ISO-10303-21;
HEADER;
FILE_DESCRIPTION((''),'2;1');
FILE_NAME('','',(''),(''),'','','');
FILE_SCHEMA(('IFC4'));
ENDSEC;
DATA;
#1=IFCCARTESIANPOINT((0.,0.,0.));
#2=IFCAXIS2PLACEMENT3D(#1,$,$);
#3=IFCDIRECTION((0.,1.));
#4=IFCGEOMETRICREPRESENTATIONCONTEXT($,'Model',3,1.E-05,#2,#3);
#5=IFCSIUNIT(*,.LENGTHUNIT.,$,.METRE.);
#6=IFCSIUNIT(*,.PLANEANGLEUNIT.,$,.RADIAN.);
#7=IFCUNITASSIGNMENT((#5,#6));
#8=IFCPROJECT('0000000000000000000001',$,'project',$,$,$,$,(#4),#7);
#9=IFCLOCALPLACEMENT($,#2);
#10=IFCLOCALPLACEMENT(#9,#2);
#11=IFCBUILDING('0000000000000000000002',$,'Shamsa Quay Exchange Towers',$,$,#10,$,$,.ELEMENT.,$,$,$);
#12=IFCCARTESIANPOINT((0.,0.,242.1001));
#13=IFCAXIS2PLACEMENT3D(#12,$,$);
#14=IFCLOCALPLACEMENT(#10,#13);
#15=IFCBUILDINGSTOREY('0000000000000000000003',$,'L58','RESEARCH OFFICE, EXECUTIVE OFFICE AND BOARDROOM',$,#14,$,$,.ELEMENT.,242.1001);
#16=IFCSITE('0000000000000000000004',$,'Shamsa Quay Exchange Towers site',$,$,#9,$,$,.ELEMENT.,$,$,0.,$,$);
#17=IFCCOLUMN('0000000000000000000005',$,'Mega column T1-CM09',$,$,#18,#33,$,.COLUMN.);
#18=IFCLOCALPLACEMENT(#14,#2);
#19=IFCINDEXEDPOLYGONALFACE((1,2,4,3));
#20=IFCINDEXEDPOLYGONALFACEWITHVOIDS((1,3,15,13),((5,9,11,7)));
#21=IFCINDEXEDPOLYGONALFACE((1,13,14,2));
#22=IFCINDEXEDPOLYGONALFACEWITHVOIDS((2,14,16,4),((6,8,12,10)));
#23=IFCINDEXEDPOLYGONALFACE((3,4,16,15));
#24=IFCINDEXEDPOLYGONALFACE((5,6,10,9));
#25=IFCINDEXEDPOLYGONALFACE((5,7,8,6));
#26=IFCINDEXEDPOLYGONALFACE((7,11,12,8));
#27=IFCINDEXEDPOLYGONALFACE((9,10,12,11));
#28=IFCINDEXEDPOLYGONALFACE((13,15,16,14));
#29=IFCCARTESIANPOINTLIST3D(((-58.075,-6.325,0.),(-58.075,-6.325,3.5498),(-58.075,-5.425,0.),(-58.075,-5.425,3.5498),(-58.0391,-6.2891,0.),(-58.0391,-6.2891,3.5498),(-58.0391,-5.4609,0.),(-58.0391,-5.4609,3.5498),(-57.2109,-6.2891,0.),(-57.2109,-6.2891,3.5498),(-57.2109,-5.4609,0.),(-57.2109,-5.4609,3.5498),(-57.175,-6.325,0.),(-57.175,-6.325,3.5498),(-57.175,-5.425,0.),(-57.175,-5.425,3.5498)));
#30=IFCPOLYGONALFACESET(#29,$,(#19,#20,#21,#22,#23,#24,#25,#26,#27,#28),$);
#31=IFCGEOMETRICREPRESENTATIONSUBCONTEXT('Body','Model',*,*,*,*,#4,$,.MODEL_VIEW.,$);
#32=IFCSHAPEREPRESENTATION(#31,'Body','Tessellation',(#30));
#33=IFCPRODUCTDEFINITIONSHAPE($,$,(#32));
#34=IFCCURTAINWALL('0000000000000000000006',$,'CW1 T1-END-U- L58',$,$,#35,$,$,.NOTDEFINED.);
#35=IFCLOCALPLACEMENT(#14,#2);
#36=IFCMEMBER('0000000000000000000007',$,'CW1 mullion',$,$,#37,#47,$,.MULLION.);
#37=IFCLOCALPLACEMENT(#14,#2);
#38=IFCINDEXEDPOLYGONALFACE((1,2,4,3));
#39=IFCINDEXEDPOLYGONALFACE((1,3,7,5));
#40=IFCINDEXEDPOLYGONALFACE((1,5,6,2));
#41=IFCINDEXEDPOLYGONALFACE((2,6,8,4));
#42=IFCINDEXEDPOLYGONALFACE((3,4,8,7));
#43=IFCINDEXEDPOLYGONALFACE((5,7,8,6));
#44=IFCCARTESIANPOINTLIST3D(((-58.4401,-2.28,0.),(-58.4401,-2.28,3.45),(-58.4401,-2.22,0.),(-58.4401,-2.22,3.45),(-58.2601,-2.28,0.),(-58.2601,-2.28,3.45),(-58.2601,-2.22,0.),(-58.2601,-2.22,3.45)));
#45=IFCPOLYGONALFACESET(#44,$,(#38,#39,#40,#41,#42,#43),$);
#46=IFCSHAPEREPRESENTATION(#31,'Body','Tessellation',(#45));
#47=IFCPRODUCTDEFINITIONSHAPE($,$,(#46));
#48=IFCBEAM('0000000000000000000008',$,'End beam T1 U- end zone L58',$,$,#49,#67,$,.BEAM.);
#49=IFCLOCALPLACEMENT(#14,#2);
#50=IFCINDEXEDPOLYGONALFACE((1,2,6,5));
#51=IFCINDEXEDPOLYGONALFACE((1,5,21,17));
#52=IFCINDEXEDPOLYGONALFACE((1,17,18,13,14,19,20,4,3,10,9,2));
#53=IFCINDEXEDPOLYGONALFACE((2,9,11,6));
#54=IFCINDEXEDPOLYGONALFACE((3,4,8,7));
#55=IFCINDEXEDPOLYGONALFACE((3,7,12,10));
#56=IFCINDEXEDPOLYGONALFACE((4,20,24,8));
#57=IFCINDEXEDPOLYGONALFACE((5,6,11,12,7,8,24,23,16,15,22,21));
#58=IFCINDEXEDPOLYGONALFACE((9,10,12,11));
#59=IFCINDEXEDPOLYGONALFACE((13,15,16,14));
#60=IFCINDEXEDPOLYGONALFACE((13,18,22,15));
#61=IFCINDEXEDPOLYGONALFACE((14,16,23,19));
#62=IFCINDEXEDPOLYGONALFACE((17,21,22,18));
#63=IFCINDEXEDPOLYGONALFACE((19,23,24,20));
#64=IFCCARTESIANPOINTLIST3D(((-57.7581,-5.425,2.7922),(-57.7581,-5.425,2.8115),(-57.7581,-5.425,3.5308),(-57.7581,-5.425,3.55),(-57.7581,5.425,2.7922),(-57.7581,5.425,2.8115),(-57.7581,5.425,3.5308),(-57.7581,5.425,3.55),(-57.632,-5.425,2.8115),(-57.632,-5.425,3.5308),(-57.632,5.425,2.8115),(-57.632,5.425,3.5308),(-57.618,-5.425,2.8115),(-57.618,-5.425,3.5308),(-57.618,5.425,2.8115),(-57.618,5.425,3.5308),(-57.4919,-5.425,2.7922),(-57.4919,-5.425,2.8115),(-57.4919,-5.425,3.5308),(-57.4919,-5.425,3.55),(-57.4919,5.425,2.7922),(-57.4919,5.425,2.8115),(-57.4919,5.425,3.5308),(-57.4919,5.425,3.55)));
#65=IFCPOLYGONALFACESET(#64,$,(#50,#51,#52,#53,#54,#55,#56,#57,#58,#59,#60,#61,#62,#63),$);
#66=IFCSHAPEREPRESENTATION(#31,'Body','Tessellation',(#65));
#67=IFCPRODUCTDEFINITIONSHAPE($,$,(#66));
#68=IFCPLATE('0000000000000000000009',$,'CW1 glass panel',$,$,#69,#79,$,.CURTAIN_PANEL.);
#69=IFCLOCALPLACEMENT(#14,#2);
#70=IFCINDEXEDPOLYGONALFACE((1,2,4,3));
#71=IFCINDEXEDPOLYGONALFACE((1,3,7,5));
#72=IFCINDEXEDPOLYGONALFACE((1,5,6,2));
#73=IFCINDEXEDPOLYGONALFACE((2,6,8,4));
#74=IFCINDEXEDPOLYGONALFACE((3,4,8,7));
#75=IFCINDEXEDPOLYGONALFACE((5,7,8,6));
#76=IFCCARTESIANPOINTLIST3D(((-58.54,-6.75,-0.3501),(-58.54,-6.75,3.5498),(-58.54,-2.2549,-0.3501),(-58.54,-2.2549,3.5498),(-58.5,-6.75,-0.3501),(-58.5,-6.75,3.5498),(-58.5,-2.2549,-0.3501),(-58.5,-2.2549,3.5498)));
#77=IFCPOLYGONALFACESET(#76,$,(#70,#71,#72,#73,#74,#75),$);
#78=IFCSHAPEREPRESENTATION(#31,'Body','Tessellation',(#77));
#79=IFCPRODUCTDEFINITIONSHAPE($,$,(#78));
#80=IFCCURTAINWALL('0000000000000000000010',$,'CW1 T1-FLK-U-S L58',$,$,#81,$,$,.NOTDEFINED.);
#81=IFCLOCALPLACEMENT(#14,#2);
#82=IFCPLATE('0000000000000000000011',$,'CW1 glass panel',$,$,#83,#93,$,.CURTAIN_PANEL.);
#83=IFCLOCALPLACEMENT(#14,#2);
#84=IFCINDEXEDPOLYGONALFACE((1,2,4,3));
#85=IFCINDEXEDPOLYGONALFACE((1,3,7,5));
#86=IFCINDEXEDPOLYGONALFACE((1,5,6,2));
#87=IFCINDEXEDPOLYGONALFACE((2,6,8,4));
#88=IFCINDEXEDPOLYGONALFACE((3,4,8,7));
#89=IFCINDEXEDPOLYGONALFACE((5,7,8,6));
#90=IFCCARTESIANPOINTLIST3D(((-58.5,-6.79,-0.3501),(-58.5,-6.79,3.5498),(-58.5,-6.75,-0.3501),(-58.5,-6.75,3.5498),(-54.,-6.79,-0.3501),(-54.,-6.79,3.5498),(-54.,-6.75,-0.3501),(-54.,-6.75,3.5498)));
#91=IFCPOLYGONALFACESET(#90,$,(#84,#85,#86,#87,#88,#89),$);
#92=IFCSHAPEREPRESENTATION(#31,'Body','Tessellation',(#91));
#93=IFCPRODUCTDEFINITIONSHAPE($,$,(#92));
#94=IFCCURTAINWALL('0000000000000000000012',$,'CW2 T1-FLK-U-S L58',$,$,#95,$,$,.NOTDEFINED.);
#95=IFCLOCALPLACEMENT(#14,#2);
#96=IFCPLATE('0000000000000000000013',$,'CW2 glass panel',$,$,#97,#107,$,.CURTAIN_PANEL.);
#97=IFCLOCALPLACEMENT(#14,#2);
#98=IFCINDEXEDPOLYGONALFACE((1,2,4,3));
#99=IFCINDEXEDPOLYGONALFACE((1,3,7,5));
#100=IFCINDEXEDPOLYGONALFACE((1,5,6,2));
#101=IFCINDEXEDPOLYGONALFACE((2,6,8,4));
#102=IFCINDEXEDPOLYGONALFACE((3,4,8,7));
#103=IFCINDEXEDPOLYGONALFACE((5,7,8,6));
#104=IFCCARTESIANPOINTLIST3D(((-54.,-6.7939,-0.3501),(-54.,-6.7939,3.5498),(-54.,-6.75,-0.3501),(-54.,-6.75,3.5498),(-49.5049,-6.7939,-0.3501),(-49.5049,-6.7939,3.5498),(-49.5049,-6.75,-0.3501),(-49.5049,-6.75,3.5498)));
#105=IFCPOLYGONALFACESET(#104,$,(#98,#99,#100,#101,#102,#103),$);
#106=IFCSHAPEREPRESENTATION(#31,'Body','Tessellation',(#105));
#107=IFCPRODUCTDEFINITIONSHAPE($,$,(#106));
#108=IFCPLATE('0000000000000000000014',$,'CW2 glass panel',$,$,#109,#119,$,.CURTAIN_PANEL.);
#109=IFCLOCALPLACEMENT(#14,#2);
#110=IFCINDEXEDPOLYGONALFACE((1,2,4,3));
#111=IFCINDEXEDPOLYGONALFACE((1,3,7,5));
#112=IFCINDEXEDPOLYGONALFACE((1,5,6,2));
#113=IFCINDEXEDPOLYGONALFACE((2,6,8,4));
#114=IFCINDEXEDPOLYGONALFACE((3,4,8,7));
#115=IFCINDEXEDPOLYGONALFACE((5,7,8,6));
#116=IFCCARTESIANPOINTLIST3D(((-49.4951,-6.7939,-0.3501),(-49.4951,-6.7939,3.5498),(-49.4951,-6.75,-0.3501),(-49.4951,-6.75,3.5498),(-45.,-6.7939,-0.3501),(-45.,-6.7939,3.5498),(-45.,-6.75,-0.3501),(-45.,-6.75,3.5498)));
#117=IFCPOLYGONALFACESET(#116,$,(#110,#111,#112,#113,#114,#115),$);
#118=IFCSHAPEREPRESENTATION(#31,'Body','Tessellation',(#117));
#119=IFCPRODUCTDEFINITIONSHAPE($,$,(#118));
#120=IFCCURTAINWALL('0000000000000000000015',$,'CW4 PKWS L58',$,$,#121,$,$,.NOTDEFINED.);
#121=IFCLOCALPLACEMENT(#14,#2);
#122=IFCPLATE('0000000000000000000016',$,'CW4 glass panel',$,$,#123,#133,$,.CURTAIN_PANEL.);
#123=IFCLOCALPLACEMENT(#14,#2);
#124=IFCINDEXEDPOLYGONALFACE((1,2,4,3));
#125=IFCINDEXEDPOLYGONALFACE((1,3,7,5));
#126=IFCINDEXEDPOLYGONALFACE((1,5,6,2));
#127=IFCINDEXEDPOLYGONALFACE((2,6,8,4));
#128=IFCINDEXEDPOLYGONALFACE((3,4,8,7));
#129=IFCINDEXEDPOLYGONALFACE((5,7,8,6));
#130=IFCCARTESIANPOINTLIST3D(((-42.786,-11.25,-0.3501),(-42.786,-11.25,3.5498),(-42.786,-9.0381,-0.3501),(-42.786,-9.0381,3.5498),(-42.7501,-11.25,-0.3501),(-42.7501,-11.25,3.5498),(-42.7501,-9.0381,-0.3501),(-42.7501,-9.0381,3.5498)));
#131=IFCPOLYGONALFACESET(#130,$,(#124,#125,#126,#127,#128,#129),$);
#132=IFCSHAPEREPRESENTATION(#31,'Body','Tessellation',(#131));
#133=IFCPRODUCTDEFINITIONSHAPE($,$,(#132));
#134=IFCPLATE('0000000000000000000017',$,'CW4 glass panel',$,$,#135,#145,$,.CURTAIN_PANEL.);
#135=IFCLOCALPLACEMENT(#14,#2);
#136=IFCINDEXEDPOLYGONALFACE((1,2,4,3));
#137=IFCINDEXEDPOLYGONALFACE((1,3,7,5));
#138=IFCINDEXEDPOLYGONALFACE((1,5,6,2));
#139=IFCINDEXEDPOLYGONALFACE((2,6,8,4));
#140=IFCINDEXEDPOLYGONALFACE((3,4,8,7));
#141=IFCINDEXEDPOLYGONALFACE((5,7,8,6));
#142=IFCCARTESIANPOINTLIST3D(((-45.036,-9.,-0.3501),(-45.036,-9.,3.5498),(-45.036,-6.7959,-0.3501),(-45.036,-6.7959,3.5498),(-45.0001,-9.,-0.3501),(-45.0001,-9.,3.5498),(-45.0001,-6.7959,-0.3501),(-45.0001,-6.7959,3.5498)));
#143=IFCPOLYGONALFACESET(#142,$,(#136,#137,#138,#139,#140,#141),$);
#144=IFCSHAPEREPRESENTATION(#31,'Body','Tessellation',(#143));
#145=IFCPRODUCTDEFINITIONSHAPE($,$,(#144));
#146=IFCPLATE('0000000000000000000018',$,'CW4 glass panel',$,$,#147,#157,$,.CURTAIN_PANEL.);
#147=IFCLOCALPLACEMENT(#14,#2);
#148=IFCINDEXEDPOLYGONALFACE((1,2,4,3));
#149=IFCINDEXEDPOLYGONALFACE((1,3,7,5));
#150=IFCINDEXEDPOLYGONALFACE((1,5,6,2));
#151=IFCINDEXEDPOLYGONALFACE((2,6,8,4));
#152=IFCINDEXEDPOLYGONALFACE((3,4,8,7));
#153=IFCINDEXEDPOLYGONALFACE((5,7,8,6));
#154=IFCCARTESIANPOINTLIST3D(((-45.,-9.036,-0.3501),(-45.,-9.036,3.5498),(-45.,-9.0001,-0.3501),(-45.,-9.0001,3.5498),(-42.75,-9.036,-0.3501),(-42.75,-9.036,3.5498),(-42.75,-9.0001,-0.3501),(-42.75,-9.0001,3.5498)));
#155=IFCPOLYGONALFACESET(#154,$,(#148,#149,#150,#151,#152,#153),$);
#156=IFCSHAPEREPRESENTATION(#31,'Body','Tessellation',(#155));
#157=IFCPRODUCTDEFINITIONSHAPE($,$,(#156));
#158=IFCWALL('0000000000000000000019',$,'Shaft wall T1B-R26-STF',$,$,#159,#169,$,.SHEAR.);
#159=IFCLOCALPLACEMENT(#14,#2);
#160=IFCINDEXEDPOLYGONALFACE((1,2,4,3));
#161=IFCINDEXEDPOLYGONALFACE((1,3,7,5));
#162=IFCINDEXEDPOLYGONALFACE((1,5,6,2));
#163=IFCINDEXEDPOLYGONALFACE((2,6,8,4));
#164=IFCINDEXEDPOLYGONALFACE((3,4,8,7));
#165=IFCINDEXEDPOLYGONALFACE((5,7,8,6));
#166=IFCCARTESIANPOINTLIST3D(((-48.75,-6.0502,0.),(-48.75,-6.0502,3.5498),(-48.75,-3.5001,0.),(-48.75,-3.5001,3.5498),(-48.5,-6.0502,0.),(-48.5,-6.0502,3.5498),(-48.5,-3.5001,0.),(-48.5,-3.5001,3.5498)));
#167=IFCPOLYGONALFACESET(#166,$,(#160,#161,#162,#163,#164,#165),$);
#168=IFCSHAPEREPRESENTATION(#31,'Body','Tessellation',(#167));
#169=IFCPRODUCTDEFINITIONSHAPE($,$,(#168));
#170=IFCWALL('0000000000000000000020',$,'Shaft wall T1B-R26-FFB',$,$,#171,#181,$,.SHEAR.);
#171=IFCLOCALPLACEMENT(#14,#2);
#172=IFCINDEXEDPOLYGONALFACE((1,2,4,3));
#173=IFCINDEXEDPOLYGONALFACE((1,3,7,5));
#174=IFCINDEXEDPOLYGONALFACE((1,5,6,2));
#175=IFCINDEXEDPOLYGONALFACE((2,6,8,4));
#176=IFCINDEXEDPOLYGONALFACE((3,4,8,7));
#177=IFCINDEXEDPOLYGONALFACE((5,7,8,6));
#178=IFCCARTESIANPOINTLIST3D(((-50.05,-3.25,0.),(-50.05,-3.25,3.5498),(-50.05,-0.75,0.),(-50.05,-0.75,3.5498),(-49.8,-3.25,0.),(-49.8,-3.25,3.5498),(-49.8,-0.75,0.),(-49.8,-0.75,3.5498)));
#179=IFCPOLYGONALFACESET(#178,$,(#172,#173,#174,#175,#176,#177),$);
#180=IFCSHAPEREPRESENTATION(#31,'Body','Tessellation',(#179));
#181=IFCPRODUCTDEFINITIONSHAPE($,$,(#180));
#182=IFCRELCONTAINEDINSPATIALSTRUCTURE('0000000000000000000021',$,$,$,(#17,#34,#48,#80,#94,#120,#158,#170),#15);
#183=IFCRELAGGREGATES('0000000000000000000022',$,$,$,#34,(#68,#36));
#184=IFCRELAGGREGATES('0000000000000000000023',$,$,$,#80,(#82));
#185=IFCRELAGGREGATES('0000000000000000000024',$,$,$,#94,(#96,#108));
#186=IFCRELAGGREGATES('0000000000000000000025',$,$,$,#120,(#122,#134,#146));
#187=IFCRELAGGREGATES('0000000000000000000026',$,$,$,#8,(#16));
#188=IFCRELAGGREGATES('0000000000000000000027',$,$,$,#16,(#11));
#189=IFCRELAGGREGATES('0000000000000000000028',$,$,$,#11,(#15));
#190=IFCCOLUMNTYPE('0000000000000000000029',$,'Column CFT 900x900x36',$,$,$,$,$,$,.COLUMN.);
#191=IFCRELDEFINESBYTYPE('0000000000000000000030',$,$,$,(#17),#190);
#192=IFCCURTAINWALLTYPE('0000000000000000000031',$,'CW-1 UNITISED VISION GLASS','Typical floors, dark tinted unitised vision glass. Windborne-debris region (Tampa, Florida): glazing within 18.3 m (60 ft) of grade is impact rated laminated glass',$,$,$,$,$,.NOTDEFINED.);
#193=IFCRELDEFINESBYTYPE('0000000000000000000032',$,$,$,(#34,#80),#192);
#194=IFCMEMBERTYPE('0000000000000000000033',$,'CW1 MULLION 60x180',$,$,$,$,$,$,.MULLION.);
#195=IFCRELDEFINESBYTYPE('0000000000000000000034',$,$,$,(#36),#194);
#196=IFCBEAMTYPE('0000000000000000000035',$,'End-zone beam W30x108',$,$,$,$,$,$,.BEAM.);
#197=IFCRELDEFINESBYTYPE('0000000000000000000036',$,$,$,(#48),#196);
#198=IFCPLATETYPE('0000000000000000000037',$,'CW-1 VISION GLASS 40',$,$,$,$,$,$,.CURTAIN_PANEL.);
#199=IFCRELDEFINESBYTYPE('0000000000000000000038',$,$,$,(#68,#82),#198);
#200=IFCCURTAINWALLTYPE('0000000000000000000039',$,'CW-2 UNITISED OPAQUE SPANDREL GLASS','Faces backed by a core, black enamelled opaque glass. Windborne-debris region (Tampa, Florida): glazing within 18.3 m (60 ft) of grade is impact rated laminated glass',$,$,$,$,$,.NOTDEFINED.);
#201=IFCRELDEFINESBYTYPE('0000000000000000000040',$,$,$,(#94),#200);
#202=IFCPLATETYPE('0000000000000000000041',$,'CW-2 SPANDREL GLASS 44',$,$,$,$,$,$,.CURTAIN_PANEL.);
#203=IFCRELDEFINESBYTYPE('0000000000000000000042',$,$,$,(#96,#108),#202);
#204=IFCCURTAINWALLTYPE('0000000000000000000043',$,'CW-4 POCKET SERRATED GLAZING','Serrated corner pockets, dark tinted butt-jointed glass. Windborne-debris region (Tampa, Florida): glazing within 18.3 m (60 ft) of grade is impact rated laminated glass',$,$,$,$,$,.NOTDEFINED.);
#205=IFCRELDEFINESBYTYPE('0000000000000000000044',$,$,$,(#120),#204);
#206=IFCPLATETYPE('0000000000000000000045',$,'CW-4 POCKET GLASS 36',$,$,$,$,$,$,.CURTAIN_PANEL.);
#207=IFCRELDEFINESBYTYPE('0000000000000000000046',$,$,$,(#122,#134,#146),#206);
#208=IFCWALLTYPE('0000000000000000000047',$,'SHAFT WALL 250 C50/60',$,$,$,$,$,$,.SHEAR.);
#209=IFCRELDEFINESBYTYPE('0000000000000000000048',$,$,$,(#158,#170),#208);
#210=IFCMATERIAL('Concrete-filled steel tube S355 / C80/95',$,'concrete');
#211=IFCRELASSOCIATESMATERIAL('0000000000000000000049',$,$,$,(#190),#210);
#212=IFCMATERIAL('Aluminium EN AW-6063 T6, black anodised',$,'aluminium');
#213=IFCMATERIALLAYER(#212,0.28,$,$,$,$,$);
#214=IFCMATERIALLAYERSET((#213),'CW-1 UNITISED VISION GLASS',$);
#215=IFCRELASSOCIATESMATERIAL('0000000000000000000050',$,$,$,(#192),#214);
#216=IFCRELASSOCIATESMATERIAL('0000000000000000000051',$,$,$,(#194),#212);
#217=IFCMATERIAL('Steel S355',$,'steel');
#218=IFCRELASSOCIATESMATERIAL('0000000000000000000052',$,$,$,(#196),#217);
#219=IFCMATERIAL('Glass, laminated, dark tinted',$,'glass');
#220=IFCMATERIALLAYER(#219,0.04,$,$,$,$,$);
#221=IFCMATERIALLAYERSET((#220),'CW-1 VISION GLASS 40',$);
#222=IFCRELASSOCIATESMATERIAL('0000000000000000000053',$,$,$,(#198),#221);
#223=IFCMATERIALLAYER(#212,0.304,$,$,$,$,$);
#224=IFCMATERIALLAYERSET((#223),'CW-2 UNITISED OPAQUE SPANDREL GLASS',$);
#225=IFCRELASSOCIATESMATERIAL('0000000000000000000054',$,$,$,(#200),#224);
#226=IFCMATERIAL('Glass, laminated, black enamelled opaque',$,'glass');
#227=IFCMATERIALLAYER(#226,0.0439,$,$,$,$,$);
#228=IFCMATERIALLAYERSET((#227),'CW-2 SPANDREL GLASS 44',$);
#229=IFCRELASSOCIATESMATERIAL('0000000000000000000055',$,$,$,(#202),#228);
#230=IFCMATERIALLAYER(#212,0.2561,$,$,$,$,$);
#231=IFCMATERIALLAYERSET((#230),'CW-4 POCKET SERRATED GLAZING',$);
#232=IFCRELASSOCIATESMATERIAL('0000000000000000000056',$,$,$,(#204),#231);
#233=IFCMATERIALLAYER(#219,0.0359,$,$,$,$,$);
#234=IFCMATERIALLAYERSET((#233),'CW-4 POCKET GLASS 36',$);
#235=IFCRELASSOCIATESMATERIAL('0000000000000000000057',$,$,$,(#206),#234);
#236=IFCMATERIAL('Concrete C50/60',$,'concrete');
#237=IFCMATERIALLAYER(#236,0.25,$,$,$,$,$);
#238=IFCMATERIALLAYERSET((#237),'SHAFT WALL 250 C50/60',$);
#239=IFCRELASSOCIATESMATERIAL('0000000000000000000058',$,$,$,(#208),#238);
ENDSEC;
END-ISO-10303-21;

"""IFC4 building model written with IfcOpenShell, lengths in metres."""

from ifc_helpers import new_model, si_unit, direction, frame, frame_2d, origin, origin_2d, place, context, subcontext, project, spatial, rectangle, hollow_rectangle, i_section, extrude, material, layer, layer_set, material_profile, profile_set, type_object, element, aggregate, save


model = new_model("IFC4")

# Units and contexts
model_context = context("Model", 3, precision=1e-05, world=origin(), true_north=direction((0.0, 1.0)))
body_context = subcontext(model_context, "Body", "Model", "MODEL_VIEW")
ifc_project = project(units=[si_unit("LENGTHUNIT", "METRE"), si_unit("PLANEANGLEUNIT", "RADIAN")], contexts=[model_context])

# Site, building, storey
site_placement = place(None, origin())
site = spatial("IfcSite", under=ifc_project, at=site_placement, Name="Shamsa Quay Exchange Towers site", CompositionType="ELEMENT", RefElevation=0.0)
building_placement = place(site_placement, origin())
building = spatial("IfcBuilding", under=site, at=building_placement, Name="Shamsa Quay Exchange Towers", CompositionType="ELEMENT")
storey_placement = place(building_placement, frame((0.0, 0.0, 242.1001)))
storey = spatial("IfcBuildingStorey", under=building, at=storey_placement, Name="L58", Description="RESEARCH OFFICE, EXECUTIVE OFFICE AND BOARDROOM", CompositionType="ELEMENT", Elevation=242.1001)

# Column
ifc_material_1 = material(Name="Concrete-filled steel tube S355 / C80/95", Category="concrete")
ifc_material_profile_1 = material_profile(ifc_material_1, hollow_rectangle(XDim=0.8999, YDim=0.8999, WallThickness=0.0359, at=origin_2d()), Name="CFT 900x900x36")
ifc_profile_set_1 = profile_set([ifc_material_profile_1], Name="Concrete-filled steel tube S355 / C80/95")
column_type = type_object("IfcColumnType", Name="Column CFT 900x900x36", PredefinedType="COLUMN", material=ifc_profile_set_1)
column_placement = place(storey_placement, frame((-57.625, -5.875, 0.0)))
element("IfcColumn", 1, at=column_placement, inside=storey, type_object=column_type, Name="Mega column T1-CM09", PredefinedType="COLUMN", context=body_context, shape_type="SweptSolid", body=[
    extrude(hollow_rectangle(XDim=0.8999, YDim=0.8999, WallThickness=0.0359, at=origin_2d()), origin(), (0.0, 0.0, 1.0), 3.5498),
])

# Curtain wall, member
ifc_material_2 = material(Name="Aluminium EN AW-6063 T6, black anodised", Category="aluminium")
ifc_layer_1 = layer(ifc_material_2, 0.28)
ifc_layer_set_1 = layer_set([ifc_layer_1], Name="CW-1 UNITISED VISION GLASS")
curtain_wall_type_1 = type_object("IfcCurtainWallType", Name="CW-1 UNITISED VISION GLASS", Description="Typical floors, dark tinted unitised vision glass. Windborne-debris region (Tampa, Florida): glazing within 18.3 m (60 ft) of grade is impact rated laminated glass", PredefinedType="NOTDEFINED", material=ifc_layer_set_1)
curtain_wall_1_placement = place(storey_placement, origin())
curtain_wall_1 = element("IfcCurtainWall", 2, at=curtain_wall_1_placement, inside=storey, type_object=curtain_wall_type_1, Name="CW1 T1-END-U- L58", PredefinedType="NOTDEFINED")
ifc_material_profile_2 = material_profile(ifc_material_2, rectangle(XDim=0.1799, YDim=0.0601, at=origin_2d()), Name="MU60x180")
ifc_profile_set_2 = profile_set([ifc_material_profile_2], Name="Aluminium EN AW-6063 T6, black anodised")
member_type = type_object("IfcMemberType", Name="CW1 MULLION 60x180", PredefinedType="MULLION", material=ifc_profile_set_2)
member_placement = place(storey_placement, frame((-58.3501, -2.25, 0.0)))
member = element("IfcMember", 3, at=member_placement, type_object=member_type, Name="CW1 mullion", PredefinedType="MULLION", context=body_context, shape_type="SweptSolid", body=[
    extrude(rectangle(XDim=0.1799, YDim=0.0601, at=origin_2d()), origin(), (0.0, 0.0, 1.0), 3.45),
])

# Beam
ifc_material_3 = material(Name="Steel S355", Category="steel")
ifc_material_profile_3 = material_profile(ifc_material_3, i_section(OverallWidth=0.2661, OverallDepth=0.7578, WebThickness=0.0139, FlangeThickness=0.0193, at=origin_2d()), Name="W30x108")
ifc_profile_set_3 = profile_set([ifc_material_profile_3], Name="Steel S355")
beam_type = type_object("IfcBeamType", Name="End-zone beam W30x108", PredefinedType="BEAM", material=ifc_profile_set_3)
beam_placement = place(storey_placement, frame((-57.625, -5.425, 3.1711), z_axis=(0.0, 1.0, 0.0), x_axis=(-1.0, 0.0, 0.0)))
element("IfcBeam", 4, at=beam_placement, inside=storey, type_object=beam_type, Name="End beam T1 U- end zone L58", PredefinedType="BEAM", context=body_context, shape_type="SweptSolid", body=[
    extrude(i_section(OverallWidth=0.2661, OverallDepth=0.7578, WebThickness=0.0139, FlangeThickness=0.0193, at=origin_2d()), origin(), (0.0, 0.0, 1.0), 10.8501),
])

# Plate
ifc_material_4 = material(Name="Glass, laminated, dark tinted", Category="glass")
ifc_layer_2 = layer(ifc_material_4, 0.04)
ifc_layer_set_2 = layer_set([ifc_layer_2], Name="CW-1 VISION GLASS 40")
plate_type_1 = type_object("IfcPlateType", Name="CW-1 VISION GLASS 40", PredefinedType="CURTAIN_PANEL", material=ifc_layer_set_2)
plate_1_placement = place(storey_placement, frame((-58.52, -4.5024, -0.3501), z_axis=(0.0, 0.0, 1.0), x_axis=(0.0, -1.0, 0.0)))
plate_1 = element("IfcPlate", 5, at=plate_1_placement, type_object=plate_type_1, Name="CW1 glass panel", PredefinedType="CURTAIN_PANEL", context=body_context, shape_type="SweptSolid", body=[
    extrude(rectangle(XDim=4.4951, YDim=0.04, at=origin_2d()), origin(), (0.0, 0.0, 1.0), 3.8999),
])
aggregate(curtain_wall_1, [plate_1, member])

# Curtain wall, plate
curtain_wall_2_placement = place(storey_placement, origin())
curtain_wall_2 = element("IfcCurtainWall", 6, at=curtain_wall_2_placement, inside=storey, type_object=curtain_wall_type_1, Name="CW1 T1-FLK-U-S L58", PredefinedType="NOTDEFINED")
plate_2_placement = place(storey_placement, frame((-56.25, -6.77, -0.3501)))
plate_2 = element("IfcPlate", 7, at=plate_2_placement, type_object=plate_type_1, Name="CW1 glass panel", PredefinedType="CURTAIN_PANEL", context=body_context, shape_type="SweptSolid", body=[
    extrude(rectangle(XDim=4.5, YDim=0.04, at=origin_2d()), origin(), (0.0, 0.0, 1.0), 3.8999),
])
aggregate(curtain_wall_2, [plate_2])

# Curtain walls, plates
ifc_layer_3 = layer(ifc_material_2, 0.304)
ifc_layer_set_3 = layer_set([ifc_layer_3], Name="CW-2 UNITISED OPAQUE SPANDREL GLASS")
curtain_wall_type_2 = type_object("IfcCurtainWallType", Name="CW-2 UNITISED OPAQUE SPANDREL GLASS", Description="Faces backed by a core, black enamelled opaque glass. Windborne-debris region (Tampa, Florida): glazing within 18.3 m (60 ft) of grade is impact rated laminated glass", PredefinedType="NOTDEFINED", material=ifc_layer_set_3)
curtain_wall_3_placement = place(storey_placement, origin())
curtain_wall_3 = element("IfcCurtainWall", 8, at=curtain_wall_3_placement, inside=storey, type_object=curtain_wall_type_2, Name="CW2 T1-FLK-U-S L58", PredefinedType="NOTDEFINED")
ifc_material_5 = material(Name="Glass, laminated, black enamelled opaque", Category="glass")
ifc_layer_4 = layer(ifc_material_5, 0.0439)
ifc_layer_set_4 = layer_set([ifc_layer_4], Name="CW-2 SPANDREL GLASS 44")
plate_type_2 = type_object("IfcPlateType", Name="CW-2 SPANDREL GLASS 44", PredefinedType="CURTAIN_PANEL", material=ifc_layer_set_4)
plate_3_placement = place(storey_placement, frame((-51.7524, -6.772, -0.3501)))
plate_3 = element("IfcPlate", 9, at=plate_3_placement, type_object=plate_type_2, Name="CW2 glass panel", PredefinedType="CURTAIN_PANEL", context=body_context, shape_type="SweptSolid", body=[
    extrude(rectangle(XDim=4.4951, YDim=0.0439, at=origin_2d()), origin(), (0.0, 0.0, 1.0), 3.8999),
])
plate_4_placement = place(storey_placement, frame((-47.2476, -6.772, -0.3501)))
plate_4 = element("IfcPlate", 10, at=plate_4_placement, type_object=plate_type_2, Name="CW2 glass panel", PredefinedType="CURTAIN_PANEL", context=body_context, shape_type="SweptSolid", body=[
    extrude(rectangle(XDim=4.4951, YDim=0.0439, at=origin_2d()), origin(), (0.0, 0.0, 1.0), 3.8999),
])
aggregate(curtain_wall_3, [plate_3, plate_4])
ifc_layer_5 = layer(ifc_material_2, 0.2561)
ifc_layer_set_5 = layer_set([ifc_layer_5], Name="CW-4 POCKET SERRATED GLAZING")
curtain_wall_type_3 = type_object("IfcCurtainWallType", Name="CW-4 POCKET SERRATED GLAZING", Description="Serrated corner pockets, dark tinted butt-jointed glass. Windborne-debris region (Tampa, Florida): glazing within 18.3 m (60 ft) of grade is impact rated laminated glass", PredefinedType="NOTDEFINED", material=ifc_layer_set_5)
curtain_wall_4_placement = place(storey_placement, origin())
curtain_wall_4 = element("IfcCurtainWall", 11, at=curtain_wall_4_placement, inside=storey, type_object=curtain_wall_type_3, Name="CW4 PKWS L58", PredefinedType="NOTDEFINED")
ifc_layer_6 = layer(ifc_material_4, 0.0359)
ifc_layer_set_6 = layer_set([ifc_layer_6], Name="CW-4 POCKET GLASS 36")
plate_type_3 = type_object("IfcPlateType", Name="CW-4 POCKET GLASS 36", PredefinedType="CURTAIN_PANEL", material=ifc_layer_set_6)
plate_5_placement = place(storey_placement, frame((-42.7681, -10.144, -0.3501), z_axis=(0.0, 0.0, 1.0), x_axis=(0.0, -1.0, 0.0)))
plate_5 = element("IfcPlate", 12, at=plate_5_placement, type_object=plate_type_3, Name="CW4 glass panel", PredefinedType="CURTAIN_PANEL", context=body_context, shape_type="SweptSolid", body=[
    extrude(rectangle(XDim=2.2119, YDim=0.0359, at=origin_2d()), origin(), (0.0, 0.0, 1.0), 3.8999),
])
plate_6_placement = place(storey_placement, frame((-45.0181, -7.8979, -0.3501), z_axis=(0.0, 0.0, 1.0), x_axis=(0.0, -1.0, 0.0)))
plate_6 = element("IfcPlate", 13, at=plate_6_placement, type_object=plate_type_3, Name="CW4 glass panel", PredefinedType="CURTAIN_PANEL", context=body_context, shape_type="SweptSolid", body=[
    extrude(rectangle(XDim=2.2041, YDim=0.0359, at=origin_2d()), origin(), (0.0, 0.0, 1.0), 3.8999),
])
plate_7_placement = place(storey_placement, frame((-43.875, -9.0181, -0.3501)))
plate_7 = element("IfcPlate", 14, at=plate_7_placement, type_object=plate_type_3, Name="CW4 glass panel", PredefinedType="CURTAIN_PANEL", context=body_context, shape_type="SweptSolid", body=[
    extrude(rectangle(XDim=2.25, YDim=0.0359, at=origin_2d()), origin(), (0.0, 0.0, 1.0), 3.8999),
])
aggregate(curtain_wall_4, [plate_5, plate_6, plate_7])

# Wall
ifc_material_6 = material(Name="Concrete C50/60", Category="concrete")
ifc_layer_7 = layer(ifc_material_6, 0.25)
ifc_layer_set_7 = layer_set([ifc_layer_7], Name="SHAFT WALL 250 C50/60")
wall_type_1 = type_object("IfcWallType", Name="SHAFT WALL 250 C50/60", PredefinedType="SHEAR", material=ifc_layer_set_7)
wall_1_placement = place(storey_placement, frame((-48.625, -6.05, 0.0), z_axis=(0.0, 0.0, 1.0), x_axis=(0.0, 1.0, 0.0)))
element("IfcWall", 15, at=wall_1_placement, inside=storey, type_object=wall_type_1, Name="Shaft wall T1B-R26-STF", PredefinedType="SHEAR", context=body_context, shape_type="SweptSolid", body=[
    extrude(rectangle(XDim=2.55, YDim=0.25, at=frame_2d((1.2749, 0.0))), origin(), (0.0, 0.0, 1.0), 3.5498),
])

# Wall
wall_2_placement = place(storey_placement, frame((-49.925, -3.25, 0.0), z_axis=(0.0, 0.0, 1.0), x_axis=(0.0, 1.0, 0.0)))
element("IfcWall", 16, at=wall_2_placement, inside=storey, type_object=wall_type_1, Name="Shaft wall T1B-R26-FFB", PredefinedType="SHEAR", context=body_context, shape_type="SweptSolid", body=[
    extrude(rectangle(XDim=2.5, YDim=0.25, at=frame_2d((1.25, 0.0))), origin(), (0.0, 0.0, 1.0), 3.5498),
])

save(model, "model.ifc")
